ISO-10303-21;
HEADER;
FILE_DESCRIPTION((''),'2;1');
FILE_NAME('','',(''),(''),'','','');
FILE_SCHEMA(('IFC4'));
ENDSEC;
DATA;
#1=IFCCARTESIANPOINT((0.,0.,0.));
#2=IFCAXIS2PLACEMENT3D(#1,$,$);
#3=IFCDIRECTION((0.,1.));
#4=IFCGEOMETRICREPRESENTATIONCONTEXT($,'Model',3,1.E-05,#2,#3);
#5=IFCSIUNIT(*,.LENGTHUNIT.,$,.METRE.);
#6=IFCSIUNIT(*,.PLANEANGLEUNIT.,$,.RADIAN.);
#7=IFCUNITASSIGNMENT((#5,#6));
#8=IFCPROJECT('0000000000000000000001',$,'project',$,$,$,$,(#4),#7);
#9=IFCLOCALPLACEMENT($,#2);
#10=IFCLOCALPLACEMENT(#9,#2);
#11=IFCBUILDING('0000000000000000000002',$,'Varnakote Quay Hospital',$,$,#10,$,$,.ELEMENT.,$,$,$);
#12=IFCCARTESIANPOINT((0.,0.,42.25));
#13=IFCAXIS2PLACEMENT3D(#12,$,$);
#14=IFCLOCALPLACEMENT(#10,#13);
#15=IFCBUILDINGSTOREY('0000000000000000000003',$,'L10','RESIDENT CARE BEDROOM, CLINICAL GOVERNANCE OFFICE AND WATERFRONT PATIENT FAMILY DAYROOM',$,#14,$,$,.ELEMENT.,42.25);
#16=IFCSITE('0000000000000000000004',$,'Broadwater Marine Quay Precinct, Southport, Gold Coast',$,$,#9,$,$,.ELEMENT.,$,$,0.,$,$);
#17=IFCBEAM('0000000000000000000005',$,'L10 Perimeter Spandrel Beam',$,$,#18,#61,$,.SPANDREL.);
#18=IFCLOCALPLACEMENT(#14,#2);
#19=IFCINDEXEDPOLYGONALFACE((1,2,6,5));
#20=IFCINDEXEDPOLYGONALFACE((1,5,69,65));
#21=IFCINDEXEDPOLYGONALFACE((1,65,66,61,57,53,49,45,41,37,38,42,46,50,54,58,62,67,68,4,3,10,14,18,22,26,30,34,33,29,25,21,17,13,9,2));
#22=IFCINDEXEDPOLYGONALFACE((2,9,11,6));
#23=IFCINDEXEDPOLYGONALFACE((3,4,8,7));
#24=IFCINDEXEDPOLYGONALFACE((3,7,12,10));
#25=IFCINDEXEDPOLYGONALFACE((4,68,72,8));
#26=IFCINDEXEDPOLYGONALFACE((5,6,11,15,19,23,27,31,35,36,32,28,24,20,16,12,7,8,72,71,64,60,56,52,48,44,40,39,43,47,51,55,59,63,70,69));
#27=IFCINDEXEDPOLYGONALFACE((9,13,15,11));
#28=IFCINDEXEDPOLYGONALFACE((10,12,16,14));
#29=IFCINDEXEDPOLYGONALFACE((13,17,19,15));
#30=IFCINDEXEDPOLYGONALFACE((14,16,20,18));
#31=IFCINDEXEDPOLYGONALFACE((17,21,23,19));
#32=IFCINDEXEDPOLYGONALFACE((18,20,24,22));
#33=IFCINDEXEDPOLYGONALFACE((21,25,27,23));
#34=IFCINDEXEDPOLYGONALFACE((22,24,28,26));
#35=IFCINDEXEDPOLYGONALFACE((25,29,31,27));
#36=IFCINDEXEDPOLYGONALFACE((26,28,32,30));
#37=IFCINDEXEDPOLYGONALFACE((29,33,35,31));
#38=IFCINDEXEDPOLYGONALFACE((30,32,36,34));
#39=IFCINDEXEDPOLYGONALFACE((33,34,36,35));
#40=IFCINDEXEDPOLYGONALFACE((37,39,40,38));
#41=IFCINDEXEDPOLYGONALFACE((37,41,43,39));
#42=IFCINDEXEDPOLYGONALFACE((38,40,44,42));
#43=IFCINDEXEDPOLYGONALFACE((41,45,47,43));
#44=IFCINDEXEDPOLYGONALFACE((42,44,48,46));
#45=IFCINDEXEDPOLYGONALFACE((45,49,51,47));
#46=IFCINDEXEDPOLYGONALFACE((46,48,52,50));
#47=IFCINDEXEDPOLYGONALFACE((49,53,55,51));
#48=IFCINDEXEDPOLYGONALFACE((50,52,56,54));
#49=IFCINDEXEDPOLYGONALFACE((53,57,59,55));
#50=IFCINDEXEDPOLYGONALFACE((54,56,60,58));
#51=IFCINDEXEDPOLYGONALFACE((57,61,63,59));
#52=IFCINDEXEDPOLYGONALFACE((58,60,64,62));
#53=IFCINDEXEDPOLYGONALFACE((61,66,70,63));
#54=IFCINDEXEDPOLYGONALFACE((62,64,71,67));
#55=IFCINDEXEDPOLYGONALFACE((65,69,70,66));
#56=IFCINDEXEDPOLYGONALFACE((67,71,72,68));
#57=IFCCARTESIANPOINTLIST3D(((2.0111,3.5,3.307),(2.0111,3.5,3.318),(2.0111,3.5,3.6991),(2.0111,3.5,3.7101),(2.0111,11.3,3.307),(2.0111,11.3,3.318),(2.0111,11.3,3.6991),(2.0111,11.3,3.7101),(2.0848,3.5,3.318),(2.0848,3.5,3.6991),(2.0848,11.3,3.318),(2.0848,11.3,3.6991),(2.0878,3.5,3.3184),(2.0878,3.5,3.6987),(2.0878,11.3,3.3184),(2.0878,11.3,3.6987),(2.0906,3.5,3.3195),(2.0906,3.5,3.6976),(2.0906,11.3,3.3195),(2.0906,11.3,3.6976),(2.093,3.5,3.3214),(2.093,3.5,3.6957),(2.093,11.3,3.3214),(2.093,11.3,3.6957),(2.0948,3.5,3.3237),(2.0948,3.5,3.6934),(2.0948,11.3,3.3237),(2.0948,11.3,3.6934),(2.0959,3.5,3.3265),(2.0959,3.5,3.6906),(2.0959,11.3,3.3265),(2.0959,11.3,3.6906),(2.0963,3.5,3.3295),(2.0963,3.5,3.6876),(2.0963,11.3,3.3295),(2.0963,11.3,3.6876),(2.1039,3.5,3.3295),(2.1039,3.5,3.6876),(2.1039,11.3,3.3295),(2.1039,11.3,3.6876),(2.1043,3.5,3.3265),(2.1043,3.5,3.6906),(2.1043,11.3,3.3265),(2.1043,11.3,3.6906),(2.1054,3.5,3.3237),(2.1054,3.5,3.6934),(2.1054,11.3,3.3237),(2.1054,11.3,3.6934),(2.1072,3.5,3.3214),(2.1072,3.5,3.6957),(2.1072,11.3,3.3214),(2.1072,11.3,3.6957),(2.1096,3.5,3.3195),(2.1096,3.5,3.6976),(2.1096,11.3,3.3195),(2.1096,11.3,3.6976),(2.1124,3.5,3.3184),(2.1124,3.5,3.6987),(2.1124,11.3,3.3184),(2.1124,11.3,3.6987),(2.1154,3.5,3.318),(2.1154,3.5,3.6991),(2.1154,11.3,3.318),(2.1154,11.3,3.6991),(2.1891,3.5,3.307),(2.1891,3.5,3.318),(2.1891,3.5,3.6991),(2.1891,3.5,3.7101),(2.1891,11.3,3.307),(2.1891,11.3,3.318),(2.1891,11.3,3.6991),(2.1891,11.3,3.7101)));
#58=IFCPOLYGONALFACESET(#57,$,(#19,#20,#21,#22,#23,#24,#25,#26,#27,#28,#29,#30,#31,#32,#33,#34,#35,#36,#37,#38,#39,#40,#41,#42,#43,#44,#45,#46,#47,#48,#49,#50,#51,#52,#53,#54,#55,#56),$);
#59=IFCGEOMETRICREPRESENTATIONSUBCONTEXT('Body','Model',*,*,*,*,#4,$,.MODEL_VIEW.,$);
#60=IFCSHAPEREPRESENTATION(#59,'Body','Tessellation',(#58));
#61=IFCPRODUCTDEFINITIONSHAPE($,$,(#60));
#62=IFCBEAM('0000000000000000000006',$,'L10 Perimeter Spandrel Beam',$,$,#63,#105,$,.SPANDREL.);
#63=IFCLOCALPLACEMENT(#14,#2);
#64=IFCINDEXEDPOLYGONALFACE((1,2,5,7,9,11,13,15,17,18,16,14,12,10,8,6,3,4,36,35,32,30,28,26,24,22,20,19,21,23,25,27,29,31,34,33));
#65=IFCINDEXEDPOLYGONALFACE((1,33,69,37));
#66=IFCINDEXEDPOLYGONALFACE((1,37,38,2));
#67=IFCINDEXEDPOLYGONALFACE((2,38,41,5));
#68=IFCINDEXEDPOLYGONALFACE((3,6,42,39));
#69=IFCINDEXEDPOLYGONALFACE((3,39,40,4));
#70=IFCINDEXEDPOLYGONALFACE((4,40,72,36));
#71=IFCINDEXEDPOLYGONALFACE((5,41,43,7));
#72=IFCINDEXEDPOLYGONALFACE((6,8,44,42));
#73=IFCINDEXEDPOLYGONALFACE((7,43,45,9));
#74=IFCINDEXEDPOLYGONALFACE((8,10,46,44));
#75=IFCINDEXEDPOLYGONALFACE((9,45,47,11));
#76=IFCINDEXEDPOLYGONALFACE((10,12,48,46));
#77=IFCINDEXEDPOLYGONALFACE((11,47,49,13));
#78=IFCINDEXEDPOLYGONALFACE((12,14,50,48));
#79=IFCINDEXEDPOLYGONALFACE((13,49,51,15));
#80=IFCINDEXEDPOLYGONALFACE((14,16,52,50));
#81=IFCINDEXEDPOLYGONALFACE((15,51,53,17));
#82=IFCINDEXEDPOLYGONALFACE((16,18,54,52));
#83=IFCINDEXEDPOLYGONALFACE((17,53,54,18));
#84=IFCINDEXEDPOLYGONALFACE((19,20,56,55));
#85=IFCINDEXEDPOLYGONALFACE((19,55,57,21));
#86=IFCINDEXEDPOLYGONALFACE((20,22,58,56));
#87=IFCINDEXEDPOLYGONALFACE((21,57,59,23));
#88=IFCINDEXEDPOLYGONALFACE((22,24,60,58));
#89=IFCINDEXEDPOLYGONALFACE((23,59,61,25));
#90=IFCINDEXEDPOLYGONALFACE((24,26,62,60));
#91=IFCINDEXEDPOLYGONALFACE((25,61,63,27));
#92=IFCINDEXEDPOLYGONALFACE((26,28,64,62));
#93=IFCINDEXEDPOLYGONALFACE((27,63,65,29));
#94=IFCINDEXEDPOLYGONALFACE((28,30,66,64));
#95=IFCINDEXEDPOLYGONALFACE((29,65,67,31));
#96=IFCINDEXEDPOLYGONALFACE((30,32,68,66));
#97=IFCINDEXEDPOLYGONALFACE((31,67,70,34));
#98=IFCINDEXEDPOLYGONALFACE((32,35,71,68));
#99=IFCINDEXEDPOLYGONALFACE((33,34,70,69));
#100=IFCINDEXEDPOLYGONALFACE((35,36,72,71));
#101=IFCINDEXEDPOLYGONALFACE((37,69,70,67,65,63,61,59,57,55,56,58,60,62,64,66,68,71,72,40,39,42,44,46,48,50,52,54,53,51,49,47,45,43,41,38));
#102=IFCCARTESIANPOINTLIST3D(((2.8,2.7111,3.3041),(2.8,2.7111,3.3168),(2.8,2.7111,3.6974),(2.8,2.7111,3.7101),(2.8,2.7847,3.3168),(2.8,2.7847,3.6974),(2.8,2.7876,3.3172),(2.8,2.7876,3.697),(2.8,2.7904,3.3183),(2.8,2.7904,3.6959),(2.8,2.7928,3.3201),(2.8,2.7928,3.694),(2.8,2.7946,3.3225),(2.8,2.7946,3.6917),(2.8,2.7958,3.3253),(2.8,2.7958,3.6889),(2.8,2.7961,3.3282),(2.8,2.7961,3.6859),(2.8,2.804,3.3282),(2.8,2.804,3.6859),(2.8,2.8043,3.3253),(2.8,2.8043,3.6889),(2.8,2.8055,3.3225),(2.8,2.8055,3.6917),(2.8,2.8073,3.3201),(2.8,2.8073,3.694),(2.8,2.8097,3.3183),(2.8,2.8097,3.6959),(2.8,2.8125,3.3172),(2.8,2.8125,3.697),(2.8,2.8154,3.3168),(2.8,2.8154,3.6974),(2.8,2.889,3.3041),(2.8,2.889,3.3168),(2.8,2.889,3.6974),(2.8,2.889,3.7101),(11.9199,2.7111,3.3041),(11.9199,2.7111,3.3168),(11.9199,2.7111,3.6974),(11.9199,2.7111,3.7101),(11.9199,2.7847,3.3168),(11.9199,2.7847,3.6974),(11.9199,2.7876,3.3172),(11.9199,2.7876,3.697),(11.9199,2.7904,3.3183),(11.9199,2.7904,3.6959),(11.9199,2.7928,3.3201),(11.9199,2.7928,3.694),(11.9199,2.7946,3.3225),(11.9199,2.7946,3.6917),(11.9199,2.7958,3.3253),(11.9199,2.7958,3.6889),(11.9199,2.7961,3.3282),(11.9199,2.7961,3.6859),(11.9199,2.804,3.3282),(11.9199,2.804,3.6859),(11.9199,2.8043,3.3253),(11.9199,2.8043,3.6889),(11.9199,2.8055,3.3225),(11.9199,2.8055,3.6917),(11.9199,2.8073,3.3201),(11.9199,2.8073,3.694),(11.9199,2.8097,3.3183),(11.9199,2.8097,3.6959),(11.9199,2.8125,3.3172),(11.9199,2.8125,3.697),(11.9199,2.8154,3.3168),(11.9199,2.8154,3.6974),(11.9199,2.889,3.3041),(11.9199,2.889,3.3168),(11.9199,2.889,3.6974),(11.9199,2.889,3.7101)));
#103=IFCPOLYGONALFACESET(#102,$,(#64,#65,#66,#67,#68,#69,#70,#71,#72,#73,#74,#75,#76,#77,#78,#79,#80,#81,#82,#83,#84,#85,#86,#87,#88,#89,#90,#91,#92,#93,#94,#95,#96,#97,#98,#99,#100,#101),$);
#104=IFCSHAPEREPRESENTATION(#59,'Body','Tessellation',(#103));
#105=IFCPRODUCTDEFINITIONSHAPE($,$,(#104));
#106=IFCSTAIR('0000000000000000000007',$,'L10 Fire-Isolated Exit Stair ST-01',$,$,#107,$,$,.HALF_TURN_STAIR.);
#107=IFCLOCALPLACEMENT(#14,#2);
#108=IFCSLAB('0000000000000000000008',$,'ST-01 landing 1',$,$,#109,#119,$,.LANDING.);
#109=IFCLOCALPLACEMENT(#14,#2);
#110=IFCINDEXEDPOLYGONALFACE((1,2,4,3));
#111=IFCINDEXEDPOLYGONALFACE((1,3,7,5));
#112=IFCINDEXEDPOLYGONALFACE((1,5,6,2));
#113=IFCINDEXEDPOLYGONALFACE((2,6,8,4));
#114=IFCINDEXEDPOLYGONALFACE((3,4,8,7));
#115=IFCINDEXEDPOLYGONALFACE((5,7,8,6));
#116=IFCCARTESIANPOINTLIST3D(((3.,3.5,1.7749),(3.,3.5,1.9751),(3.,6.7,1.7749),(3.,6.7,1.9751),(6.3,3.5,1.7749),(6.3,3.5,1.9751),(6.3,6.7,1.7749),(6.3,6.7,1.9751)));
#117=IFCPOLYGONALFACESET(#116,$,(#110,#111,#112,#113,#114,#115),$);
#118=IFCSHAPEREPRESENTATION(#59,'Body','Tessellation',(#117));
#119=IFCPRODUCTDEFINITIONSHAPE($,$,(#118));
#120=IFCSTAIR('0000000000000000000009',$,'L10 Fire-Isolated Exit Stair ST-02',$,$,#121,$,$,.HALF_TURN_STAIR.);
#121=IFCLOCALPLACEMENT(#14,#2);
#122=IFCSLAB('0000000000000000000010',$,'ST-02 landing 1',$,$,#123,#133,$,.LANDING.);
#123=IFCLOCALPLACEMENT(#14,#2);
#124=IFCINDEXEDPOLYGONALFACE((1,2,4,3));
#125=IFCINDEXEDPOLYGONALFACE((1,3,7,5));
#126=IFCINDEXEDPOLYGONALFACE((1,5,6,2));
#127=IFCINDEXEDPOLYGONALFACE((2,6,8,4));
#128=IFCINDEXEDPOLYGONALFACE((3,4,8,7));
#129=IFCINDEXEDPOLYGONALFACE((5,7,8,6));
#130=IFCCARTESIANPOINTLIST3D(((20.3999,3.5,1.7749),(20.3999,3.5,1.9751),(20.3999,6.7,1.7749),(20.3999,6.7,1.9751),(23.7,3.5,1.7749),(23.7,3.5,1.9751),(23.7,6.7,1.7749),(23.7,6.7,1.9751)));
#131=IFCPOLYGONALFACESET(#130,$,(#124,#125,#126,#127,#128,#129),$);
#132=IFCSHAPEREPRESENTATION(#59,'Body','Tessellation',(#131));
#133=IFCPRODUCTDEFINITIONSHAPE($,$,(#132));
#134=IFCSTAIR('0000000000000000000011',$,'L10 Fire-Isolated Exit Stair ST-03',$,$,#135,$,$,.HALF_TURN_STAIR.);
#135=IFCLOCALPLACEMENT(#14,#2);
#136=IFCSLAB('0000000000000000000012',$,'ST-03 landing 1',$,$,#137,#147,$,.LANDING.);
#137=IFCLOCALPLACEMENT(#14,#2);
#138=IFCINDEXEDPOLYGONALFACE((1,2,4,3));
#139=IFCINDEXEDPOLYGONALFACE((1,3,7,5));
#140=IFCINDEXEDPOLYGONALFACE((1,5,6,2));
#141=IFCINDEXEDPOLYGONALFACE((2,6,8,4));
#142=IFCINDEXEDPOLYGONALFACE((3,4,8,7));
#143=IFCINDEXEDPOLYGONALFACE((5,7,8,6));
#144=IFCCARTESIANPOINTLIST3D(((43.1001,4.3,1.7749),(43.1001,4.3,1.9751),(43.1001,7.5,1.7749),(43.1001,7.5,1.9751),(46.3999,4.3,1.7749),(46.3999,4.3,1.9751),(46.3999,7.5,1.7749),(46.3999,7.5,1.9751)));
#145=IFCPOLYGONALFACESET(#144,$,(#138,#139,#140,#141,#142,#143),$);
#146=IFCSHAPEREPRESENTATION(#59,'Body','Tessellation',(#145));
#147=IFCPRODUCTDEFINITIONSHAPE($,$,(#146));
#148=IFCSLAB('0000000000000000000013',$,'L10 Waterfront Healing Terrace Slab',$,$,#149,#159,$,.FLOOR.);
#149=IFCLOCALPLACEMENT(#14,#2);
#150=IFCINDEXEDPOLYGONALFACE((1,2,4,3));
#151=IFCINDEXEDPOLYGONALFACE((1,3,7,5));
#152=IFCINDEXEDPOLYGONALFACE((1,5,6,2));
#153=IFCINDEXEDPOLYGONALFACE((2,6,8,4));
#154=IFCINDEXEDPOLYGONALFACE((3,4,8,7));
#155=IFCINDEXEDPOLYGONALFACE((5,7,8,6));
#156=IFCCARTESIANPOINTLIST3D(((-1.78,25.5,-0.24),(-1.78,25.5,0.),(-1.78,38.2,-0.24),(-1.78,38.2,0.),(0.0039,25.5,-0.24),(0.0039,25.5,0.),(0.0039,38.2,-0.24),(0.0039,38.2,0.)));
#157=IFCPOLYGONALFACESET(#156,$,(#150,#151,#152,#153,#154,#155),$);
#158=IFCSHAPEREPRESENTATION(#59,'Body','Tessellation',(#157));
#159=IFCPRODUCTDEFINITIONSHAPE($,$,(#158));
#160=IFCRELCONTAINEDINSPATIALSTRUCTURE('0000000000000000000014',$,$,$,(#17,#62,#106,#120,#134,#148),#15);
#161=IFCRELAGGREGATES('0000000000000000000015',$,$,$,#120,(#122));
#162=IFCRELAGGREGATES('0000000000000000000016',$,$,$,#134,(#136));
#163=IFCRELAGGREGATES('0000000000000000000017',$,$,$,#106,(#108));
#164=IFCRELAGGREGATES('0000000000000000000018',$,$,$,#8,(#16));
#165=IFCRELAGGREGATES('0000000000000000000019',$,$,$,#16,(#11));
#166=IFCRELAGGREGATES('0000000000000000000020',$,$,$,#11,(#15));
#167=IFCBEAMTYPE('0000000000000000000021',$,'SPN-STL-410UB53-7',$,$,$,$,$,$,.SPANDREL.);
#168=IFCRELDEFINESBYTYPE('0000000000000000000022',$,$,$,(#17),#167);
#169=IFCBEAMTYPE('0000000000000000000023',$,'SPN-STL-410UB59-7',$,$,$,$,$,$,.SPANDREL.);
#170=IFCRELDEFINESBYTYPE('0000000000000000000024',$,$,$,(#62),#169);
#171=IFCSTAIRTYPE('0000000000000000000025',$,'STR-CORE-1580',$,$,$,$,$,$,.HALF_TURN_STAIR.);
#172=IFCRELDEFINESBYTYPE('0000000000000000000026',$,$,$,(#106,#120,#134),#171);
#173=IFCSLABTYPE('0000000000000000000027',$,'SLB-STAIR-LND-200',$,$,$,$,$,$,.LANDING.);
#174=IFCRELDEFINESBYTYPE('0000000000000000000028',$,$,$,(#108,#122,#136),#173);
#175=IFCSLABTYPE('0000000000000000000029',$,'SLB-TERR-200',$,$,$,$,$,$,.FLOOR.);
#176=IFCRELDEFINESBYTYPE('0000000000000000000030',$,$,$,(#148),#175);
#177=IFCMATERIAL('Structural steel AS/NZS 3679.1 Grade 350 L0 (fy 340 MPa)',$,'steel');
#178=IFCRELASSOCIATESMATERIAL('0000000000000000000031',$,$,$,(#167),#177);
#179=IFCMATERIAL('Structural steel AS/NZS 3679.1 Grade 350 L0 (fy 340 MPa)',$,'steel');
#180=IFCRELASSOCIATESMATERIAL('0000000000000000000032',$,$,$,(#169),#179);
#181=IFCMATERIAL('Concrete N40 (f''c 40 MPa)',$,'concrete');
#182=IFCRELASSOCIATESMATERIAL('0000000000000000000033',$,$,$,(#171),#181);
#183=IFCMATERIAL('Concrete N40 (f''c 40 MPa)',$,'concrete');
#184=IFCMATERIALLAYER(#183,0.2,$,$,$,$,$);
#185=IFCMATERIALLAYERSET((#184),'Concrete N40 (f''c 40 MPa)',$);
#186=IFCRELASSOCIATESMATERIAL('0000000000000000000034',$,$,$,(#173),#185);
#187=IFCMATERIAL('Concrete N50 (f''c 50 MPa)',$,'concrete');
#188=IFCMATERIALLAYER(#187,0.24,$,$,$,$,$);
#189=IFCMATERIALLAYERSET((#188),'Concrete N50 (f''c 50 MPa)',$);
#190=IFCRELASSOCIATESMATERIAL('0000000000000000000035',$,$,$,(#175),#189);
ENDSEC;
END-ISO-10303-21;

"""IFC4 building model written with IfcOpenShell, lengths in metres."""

from ifc_helpers import new_model, si_unit, direction, frame, origin, origin_2d, place, context, subcontext, project, spatial, polyline, i_section, outline, extrude, material, layer, layer_set, material_profile, profile_set, type_object, element, aggregate, save


model = new_model("IFC4")

# Units and contexts
model_context = context("Model", 3, precision=1e-05, world=origin(), true_north=direction((0.0, 1.0)))
body_context = subcontext(model_context, "Body", "Model", "MODEL_VIEW")
ifc_project = project(units=[si_unit("LENGTHUNIT", "METRE"), si_unit("PLANEANGLEUNIT", "RADIAN")], contexts=[model_context])

# Site, building, storey
site_placement = place(None, origin())
site = spatial("IfcSite", under=ifc_project, at=site_placement, Name="Broadwater Marine Quay Precinct, Southport, Gold Coast", CompositionType="ELEMENT", RefElevation=0.0)
building_placement = place(site_placement, origin())
building = spatial("IfcBuilding", under=site, at=building_placement, Name="Varnakote Quay Hospital", CompositionType="ELEMENT")
storey_placement = place(building_placement, frame((0.0, 0.0, 42.25)))
storey = spatial("IfcBuildingStorey", under=building, at=storey_placement, Name="L10", Description="RESIDENT CARE BEDROOM, CLINICAL GOVERNANCE OFFICE AND WATERFRONT PATIENT FAMILY DAYROOM", CompositionType="ELEMENT", Elevation=42.25)

# Beams
ifc_material_1 = material(Name="Structural steel AS/NZS 3679.1 Grade 350 L0 (fy 340 MPa)", Category="steel")
ifc_material_profile_1 = material_profile(ifc_material_1, i_section(OverallWidth=0.178, OverallDepth=0.4031, WebThickness=0.0076, FlangeThickness=0.011, FilletRadius=0.0115, at=origin_2d()), Name="410UB53.7")
ifc_profile_set_1 = profile_set([ifc_material_profile_1], Name="Structural steel AS/NZS 3679.1 Grade 350 L0 (fy 340 MPa)")
beam_type_1 = type_object("IfcBeamType", Name="SPN-STL-410UB53-7", PredefinedType="SPANDREL", material=ifc_profile_set_1)
beam_1_placement = place(storey_placement, frame((2.1001, 3.5, 3.5085), z_axis=(0.0, 1.0, 0.0), x_axis=(-1.0, 0.0, 0.0)))
element("IfcBeam", 1, at=beam_1_placement, inside=storey, type_object=beam_type_1, Name="L10 Perimeter Spandrel Beam", PredefinedType="SPANDREL", context=body_context, shape_type="SweptSolid", body=[
    extrude(i_section(OverallWidth=0.178, OverallDepth=0.4031, WebThickness=0.0076, FlangeThickness=0.011, FilletRadius=0.0115, at=origin_2d()), origin(), (0.0, 0.0, 1.0), 7.8),
])
ifc_material_2 = material(Name="Structural steel AS/NZS 3679.1 Grade 350 L0 (fy 340 MPa)", Category="steel")
ifc_material_profile_2 = material_profile(ifc_material_2, i_section(OverallWidth=0.178, OverallDepth=0.406, WebThickness=0.0078, FlangeThickness=0.0127, FilletRadius=0.0115, at=origin_2d()), Name="410UB59.7")
ifc_profile_set_2 = profile_set([ifc_material_profile_2], Name="Structural steel AS/NZS 3679.1 Grade 350 L0 (fy 340 MPa)")
beam_type_2 = type_object("IfcBeamType", Name="SPN-STL-410UB59-7", PredefinedType="SPANDREL", material=ifc_profile_set_2)
beam_2_placement = place(storey_placement, frame((2.8, 2.8, 3.5071), z_axis=(1.0, 0.0, 0.0), x_axis=(0.0, 1.0, 0.0)))
element("IfcBeam", 2, at=beam_2_placement, inside=storey, type_object=beam_type_2, Name="L10 Perimeter Spandrel Beam", PredefinedType="SPANDREL", context=body_context, shape_type="SweptSolid", body=[
    extrude(i_section(OverallWidth=0.178, OverallDepth=0.406, WebThickness=0.0078, FlangeThickness=0.0127, FilletRadius=0.0115, at=origin_2d()), origin(), (0.0, 0.0, 1.0), 9.1199),
])

# Stairs, slabs
ifc_material_3 = material(Name="Concrete N40 (f'c 40 MPa)", Category="concrete")
stair_type = type_object("IfcStairType", Name="STR-CORE-1580", PredefinedType="HALF_TURN_STAIR", material=ifc_material_3)
stair_1_placement = place(storey_placement, origin())
stair_1 = element("IfcStair", 3, at=stair_1_placement, inside=storey, type_object=stair_type, Name="L10 Fire-Isolated Exit Stair ST-01", PredefinedType="HALF_TURN_STAIR")
ifc_material_4 = material(Name="Concrete N40 (f'c 40 MPa)", Category="concrete")
ifc_layer_1 = layer(ifc_material_4, 0.2)
ifc_layer_set_1 = layer_set([ifc_layer_1], Name="Concrete N40 (f'c 40 MPa)")
slab_type_1 = type_object("IfcSlabType", Name="SLB-STAIR-LND-200", PredefinedType="LANDING", material=ifc_layer_set_1)
slab_1_placement = place(storey_placement, frame((0.0, 0.0, 1.7749)))
slab_1 = element("IfcSlab", 4, at=slab_1_placement, type_object=slab_type_1, Name="ST-01 landing 1", PredefinedType="LANDING", context=body_context, shape_type="SweptSolid", body=[
    extrude(outline(polyline([(3.0, 6.7), (3.0, 3.5), (6.3, 3.5), (6.3, 6.7), (3.0, 6.7)])), origin(), (0.0, 0.0, 1.0), 0.2002),
])
stair_2_placement = place(storey_placement, origin())
stair_2 = element("IfcStair", 5, at=stair_2_placement, inside=storey, type_object=stair_type, Name="L10 Fire-Isolated Exit Stair ST-02", PredefinedType="HALF_TURN_STAIR")
slab_2_placement = place(storey_placement, frame((0.0, 0.0, 1.7749)))
slab_2 = element("IfcSlab", 6, at=slab_2_placement, type_object=slab_type_1, Name="ST-02 landing 1", PredefinedType="LANDING", context=body_context, shape_type="SweptSolid", body=[
    extrude(outline(polyline([(20.3999, 6.7), (20.3999, 3.5), (23.7, 3.5), (23.7, 6.7), (20.3999, 6.7)])), origin(), (0.0, 0.0, 1.0), 0.2002),
])
aggregate(stair_2, [slab_2])
stair_3_placement = place(storey_placement, origin())
stair_3 = element("IfcStair", 7, at=stair_3_placement, inside=storey, type_object=stair_type, Name="L10 Fire-Isolated Exit Stair ST-03", PredefinedType="HALF_TURN_STAIR")
slab_3_placement = place(storey_placement, frame((0.0, 0.0, 1.7749)))
slab_3 = element("IfcSlab", 8, at=slab_3_placement, type_object=slab_type_1, Name="ST-03 landing 1", PredefinedType="LANDING", context=body_context, shape_type="SweptSolid", body=[
    extrude(outline(polyline([(43.1001, 7.5), (43.1001, 4.3), (46.3999, 4.3), (46.3999, 7.5), (43.1001, 7.5)])), origin(), (0.0, 0.0, 1.0), 0.2002),
])
aggregate(stair_3, [slab_3])

# Slab
ifc_material_5 = material(Name="Concrete N50 (f'c 50 MPa)", Category="concrete")
ifc_layer_2 = layer(ifc_material_5, 0.24)
ifc_layer_set_2 = layer_set([ifc_layer_2], Name="Concrete N50 (f'c 50 MPa)")
slab_type_2 = type_object("IfcSlabType", Name="SLB-TERR-200", PredefinedType="FLOOR", material=ifc_layer_set_2)
slab_4_placement = place(storey_placement, frame((0.0, 0.0, -0.24)))
element("IfcSlab", 9, at=slab_4_placement, inside=storey, type_object=slab_type_2, Name="L10 Waterfront Healing Terrace Slab", PredefinedType="FLOOR", context=body_context, shape_type="SweptSolid", body=[
    extrude(outline(polyline([(0.0039, 25.5), (0.0039, 38.2), (-1.78, 38.2), (-1.78, 25.5), (0.0039, 25.5)])), origin(), (0.0, 0.0, 1.0), 0.24),
])

aggregate(stair_1, [slab_1])

save(model, "model.ifc")
